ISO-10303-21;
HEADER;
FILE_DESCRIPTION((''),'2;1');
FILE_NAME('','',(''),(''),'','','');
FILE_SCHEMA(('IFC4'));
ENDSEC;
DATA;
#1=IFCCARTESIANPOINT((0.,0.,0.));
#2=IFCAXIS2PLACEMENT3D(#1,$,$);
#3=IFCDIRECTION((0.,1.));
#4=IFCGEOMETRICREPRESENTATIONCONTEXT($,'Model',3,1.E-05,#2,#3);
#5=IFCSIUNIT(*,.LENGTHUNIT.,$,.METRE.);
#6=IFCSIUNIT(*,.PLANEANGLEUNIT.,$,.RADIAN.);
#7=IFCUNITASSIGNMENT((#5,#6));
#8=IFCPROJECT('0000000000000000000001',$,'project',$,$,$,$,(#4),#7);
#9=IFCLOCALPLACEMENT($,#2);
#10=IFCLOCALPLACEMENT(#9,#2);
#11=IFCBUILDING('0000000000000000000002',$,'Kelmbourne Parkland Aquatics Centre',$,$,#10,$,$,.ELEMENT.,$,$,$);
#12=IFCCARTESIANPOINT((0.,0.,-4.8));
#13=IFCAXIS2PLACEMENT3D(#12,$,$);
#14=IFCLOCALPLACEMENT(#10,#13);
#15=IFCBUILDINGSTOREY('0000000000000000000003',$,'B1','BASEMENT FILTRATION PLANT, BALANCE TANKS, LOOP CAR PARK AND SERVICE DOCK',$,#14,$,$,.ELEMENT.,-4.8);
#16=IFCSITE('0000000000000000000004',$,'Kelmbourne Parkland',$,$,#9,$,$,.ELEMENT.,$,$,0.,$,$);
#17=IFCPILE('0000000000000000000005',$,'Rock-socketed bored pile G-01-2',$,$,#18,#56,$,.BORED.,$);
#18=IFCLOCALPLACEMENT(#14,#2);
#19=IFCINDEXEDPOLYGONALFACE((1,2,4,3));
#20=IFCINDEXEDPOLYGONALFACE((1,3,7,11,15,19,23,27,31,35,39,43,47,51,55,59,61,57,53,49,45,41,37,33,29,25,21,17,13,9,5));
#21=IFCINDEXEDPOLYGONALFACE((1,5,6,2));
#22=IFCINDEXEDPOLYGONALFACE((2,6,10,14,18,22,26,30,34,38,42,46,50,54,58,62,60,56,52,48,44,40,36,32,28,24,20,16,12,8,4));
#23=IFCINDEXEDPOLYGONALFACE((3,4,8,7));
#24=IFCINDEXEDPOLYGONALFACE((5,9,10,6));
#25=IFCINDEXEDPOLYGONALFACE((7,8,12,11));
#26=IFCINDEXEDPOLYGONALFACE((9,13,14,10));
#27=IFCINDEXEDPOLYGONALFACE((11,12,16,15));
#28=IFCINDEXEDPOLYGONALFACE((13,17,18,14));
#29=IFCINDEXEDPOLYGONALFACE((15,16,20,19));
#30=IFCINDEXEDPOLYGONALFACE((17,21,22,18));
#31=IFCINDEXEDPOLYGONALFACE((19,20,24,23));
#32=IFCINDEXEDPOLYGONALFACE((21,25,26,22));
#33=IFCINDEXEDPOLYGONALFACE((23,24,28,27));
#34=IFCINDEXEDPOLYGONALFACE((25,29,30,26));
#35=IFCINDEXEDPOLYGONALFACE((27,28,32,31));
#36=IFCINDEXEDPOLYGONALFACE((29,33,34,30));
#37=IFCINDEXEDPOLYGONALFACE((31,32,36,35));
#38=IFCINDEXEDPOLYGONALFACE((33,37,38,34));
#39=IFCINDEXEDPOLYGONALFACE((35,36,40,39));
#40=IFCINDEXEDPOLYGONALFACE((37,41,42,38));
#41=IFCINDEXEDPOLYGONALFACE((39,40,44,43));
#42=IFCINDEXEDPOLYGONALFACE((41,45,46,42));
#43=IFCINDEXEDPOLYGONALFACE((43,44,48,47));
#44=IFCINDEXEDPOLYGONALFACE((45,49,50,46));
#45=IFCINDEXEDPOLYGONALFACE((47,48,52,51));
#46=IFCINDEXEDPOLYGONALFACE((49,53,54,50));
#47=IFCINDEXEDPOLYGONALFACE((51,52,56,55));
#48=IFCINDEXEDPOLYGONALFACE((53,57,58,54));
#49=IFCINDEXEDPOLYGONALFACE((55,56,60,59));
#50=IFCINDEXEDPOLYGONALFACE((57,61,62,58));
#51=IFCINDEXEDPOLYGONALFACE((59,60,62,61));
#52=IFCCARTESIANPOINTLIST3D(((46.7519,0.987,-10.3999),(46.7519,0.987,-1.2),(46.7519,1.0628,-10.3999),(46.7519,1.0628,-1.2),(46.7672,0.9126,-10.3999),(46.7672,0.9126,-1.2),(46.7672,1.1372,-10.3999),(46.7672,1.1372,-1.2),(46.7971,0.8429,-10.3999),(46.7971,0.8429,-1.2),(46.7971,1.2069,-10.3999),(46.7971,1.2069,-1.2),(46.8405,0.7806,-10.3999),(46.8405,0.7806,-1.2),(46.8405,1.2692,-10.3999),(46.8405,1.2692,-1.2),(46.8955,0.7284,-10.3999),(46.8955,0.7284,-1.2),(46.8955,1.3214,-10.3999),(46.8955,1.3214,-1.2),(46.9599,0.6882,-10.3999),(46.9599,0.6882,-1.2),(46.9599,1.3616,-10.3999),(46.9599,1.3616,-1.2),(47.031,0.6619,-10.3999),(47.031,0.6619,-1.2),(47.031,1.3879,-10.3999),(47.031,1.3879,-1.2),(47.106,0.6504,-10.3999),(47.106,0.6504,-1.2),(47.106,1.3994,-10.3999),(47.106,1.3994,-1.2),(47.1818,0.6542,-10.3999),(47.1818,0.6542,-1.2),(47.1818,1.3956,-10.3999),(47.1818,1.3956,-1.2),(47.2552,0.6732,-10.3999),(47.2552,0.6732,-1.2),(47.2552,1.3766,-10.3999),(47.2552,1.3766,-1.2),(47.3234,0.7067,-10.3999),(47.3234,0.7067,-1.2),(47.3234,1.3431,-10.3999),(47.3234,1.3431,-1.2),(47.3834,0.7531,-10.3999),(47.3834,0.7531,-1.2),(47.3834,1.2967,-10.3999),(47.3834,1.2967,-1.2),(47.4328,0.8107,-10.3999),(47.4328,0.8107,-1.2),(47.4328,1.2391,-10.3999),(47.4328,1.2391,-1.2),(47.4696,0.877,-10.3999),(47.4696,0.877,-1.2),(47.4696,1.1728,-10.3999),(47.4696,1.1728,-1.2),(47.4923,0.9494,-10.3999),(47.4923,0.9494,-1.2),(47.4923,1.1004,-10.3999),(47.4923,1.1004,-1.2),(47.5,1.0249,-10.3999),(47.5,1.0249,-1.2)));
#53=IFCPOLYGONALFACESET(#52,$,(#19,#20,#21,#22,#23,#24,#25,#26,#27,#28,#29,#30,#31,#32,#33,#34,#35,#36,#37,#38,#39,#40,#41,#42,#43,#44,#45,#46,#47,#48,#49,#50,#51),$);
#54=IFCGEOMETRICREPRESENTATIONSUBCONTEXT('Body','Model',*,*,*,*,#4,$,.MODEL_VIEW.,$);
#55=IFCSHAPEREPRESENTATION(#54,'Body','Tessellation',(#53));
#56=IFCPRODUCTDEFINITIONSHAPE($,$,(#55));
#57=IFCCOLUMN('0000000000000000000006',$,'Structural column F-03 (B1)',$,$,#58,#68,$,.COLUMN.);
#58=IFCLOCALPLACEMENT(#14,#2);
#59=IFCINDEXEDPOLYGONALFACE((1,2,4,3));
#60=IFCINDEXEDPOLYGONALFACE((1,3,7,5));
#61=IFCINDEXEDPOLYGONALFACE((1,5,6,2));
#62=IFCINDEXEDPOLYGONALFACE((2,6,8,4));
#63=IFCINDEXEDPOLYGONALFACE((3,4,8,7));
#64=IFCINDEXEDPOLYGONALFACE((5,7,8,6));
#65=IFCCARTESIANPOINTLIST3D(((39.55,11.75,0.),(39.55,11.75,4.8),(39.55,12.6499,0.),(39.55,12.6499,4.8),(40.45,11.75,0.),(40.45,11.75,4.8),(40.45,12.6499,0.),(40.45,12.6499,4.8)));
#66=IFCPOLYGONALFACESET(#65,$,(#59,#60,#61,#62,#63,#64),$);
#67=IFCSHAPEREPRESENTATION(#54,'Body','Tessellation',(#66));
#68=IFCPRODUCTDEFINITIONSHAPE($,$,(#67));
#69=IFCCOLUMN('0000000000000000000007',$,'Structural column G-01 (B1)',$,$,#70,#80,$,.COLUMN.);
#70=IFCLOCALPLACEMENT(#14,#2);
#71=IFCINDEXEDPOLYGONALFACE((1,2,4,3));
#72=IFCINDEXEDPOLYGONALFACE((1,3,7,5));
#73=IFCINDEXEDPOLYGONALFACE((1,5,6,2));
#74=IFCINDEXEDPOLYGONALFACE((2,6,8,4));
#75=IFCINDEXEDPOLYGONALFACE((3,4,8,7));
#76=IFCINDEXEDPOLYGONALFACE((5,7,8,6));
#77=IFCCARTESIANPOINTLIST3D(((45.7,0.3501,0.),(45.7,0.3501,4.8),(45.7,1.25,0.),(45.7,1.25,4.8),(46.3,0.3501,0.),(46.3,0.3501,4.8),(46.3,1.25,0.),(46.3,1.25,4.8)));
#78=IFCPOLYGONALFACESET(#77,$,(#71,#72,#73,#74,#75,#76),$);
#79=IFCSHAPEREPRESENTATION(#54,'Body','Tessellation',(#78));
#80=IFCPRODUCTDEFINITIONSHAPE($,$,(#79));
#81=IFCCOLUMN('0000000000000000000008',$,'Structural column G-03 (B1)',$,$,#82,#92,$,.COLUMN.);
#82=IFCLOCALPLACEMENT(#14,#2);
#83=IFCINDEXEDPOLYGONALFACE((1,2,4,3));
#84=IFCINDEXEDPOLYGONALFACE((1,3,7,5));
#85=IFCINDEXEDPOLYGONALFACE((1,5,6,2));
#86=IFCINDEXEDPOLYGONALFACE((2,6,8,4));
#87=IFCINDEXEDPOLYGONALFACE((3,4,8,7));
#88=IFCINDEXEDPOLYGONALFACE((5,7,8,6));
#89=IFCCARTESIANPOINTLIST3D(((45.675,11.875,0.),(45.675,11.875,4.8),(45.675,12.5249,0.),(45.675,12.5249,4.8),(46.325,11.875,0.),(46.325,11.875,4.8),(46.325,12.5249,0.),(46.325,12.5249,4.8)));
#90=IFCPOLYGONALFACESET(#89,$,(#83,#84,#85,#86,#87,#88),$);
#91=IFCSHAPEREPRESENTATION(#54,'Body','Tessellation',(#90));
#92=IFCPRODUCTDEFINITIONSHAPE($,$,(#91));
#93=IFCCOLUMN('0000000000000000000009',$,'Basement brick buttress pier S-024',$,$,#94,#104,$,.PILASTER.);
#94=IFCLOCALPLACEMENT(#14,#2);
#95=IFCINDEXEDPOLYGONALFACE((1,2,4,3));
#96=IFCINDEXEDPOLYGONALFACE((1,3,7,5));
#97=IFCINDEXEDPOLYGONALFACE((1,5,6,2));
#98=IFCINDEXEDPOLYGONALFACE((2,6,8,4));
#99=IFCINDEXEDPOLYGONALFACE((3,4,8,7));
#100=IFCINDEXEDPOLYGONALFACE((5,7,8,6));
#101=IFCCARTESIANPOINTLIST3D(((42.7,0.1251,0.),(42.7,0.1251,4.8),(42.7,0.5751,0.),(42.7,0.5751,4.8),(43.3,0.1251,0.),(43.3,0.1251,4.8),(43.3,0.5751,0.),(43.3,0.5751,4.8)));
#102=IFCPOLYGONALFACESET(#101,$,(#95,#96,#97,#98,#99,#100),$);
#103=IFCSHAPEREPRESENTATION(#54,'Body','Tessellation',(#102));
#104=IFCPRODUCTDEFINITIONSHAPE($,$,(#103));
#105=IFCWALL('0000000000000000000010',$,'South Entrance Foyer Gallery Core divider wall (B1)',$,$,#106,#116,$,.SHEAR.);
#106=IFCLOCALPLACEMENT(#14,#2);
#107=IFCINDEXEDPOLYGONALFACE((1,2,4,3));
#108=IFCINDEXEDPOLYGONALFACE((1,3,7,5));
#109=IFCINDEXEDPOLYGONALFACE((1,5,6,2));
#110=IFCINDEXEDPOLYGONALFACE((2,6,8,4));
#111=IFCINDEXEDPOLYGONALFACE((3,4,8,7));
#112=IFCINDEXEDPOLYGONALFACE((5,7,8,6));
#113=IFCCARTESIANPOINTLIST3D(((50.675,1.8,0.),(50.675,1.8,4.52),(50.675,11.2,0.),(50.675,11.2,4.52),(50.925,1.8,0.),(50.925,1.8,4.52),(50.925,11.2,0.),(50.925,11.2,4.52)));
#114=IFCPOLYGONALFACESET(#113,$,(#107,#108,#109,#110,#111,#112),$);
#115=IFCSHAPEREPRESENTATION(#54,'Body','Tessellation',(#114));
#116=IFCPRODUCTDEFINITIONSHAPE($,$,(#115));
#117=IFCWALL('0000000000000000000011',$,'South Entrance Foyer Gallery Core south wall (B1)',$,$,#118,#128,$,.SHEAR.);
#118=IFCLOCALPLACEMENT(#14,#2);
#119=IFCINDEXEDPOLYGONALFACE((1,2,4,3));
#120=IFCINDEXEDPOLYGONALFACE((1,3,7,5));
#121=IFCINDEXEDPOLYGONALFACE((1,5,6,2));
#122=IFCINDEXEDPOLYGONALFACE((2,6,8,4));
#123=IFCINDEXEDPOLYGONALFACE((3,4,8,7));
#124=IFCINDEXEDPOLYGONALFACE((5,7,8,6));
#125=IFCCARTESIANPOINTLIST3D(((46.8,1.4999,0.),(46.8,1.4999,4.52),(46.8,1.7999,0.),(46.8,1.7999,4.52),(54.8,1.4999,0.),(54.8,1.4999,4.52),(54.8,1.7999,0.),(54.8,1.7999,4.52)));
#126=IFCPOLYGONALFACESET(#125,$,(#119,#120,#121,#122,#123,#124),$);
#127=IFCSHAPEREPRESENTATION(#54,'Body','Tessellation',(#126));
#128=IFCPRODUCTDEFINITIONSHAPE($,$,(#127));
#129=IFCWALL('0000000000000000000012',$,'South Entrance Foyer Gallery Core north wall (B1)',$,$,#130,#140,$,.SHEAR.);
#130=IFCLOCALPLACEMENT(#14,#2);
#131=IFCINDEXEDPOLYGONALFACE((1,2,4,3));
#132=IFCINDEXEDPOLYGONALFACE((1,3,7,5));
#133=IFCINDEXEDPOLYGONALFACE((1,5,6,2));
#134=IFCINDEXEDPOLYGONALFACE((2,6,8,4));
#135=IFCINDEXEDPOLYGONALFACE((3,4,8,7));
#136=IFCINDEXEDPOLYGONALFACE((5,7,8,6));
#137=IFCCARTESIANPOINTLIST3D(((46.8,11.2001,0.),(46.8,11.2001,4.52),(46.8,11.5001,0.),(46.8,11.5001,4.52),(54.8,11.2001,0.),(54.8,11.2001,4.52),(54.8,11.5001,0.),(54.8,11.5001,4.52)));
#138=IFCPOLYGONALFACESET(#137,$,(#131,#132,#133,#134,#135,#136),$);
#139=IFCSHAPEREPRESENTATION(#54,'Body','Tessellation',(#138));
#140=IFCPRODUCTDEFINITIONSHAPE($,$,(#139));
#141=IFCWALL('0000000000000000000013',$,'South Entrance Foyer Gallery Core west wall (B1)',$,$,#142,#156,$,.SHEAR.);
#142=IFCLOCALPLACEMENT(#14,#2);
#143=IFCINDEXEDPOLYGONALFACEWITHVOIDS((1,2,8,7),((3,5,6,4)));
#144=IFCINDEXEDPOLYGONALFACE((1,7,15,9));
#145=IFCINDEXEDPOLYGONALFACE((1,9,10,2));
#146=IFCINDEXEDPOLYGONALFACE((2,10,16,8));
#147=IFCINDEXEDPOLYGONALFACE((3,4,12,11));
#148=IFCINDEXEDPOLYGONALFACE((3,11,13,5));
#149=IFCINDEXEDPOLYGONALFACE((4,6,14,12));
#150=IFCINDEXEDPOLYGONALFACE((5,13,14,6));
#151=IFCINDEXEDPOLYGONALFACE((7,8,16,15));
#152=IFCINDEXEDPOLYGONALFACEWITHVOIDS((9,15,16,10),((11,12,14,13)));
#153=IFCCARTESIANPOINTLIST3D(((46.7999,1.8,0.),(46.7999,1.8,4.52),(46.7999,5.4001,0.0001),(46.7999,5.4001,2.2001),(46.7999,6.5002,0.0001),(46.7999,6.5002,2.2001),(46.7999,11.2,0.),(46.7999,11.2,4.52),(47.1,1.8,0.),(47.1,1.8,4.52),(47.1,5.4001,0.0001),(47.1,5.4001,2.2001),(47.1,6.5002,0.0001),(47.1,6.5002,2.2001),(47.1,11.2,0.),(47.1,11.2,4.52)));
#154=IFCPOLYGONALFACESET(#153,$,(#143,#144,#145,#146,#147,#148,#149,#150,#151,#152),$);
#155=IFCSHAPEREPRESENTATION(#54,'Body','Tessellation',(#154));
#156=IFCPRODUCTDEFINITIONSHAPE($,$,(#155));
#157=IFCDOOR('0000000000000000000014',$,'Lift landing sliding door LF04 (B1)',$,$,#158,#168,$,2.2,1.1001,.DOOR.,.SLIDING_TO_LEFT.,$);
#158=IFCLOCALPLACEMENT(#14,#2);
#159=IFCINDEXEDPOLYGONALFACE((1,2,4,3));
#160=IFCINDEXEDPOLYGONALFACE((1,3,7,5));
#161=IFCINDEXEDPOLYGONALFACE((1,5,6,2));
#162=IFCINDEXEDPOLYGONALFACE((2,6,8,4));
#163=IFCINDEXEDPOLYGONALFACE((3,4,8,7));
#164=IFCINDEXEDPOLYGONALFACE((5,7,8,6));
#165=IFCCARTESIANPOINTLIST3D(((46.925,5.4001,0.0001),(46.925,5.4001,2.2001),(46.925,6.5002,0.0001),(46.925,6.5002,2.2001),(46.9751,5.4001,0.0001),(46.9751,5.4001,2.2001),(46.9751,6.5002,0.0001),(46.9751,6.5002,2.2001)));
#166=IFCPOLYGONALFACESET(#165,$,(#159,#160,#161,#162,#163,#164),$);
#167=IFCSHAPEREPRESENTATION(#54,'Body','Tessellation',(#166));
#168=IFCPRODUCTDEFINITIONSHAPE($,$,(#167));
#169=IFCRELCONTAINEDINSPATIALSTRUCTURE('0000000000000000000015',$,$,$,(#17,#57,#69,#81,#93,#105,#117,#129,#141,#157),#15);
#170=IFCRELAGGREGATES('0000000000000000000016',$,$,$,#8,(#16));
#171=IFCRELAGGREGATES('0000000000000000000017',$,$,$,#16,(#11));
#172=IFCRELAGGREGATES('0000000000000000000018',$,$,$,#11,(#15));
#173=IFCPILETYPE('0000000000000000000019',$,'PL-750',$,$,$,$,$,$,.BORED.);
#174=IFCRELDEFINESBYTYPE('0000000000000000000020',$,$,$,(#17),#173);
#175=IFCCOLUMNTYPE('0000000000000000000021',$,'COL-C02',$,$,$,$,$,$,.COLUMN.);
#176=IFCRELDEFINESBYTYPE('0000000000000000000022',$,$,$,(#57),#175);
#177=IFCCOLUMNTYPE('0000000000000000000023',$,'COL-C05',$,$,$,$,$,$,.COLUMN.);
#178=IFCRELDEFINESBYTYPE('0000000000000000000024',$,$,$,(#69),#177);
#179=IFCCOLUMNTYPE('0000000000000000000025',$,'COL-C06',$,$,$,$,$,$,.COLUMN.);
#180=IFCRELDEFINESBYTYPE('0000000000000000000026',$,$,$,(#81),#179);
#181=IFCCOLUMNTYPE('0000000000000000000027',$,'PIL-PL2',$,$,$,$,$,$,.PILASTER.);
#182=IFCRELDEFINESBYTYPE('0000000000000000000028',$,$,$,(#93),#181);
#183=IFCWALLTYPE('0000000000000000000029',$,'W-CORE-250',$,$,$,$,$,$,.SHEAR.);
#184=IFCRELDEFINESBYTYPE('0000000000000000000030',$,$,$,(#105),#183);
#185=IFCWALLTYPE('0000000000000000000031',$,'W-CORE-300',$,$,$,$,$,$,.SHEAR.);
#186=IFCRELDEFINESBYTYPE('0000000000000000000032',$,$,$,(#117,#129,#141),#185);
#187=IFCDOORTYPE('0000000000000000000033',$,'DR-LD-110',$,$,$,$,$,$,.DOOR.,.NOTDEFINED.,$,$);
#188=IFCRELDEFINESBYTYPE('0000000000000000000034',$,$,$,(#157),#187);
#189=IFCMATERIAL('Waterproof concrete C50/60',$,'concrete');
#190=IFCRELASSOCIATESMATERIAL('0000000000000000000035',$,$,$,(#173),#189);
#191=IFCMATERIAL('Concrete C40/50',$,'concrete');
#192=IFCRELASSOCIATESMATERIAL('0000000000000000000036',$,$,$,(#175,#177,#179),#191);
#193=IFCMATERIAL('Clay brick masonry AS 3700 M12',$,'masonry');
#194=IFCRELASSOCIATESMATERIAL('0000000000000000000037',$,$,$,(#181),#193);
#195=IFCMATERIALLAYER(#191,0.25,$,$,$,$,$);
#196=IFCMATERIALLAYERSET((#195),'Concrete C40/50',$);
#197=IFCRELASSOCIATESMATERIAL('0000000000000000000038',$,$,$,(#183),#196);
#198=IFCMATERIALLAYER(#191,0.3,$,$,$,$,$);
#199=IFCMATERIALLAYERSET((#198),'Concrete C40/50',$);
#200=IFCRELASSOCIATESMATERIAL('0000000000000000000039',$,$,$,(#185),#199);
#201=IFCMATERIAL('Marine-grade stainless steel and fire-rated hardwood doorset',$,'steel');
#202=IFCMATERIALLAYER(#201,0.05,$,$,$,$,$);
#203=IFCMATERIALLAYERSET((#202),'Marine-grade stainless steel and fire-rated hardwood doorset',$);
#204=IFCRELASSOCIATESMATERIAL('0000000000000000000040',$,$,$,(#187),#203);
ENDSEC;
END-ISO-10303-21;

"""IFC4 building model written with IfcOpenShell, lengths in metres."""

from ifc_helpers import new_model, si_unit, direction, frame, frame_2d, origin, origin_2d, place, context, subcontext, project, spatial, rectangle, circle, extrude, material, layer, layer_set, material_profile, profile_set, type_object, element, fill, save


model = new_model("IFC4")

# Units and contexts
model_context = context("Model", 3, precision=1e-05, world=origin(), true_north=direction((0.0, 1.0)))
body_context = subcontext(model_context, "Body", "Model", "MODEL_VIEW")
ifc_project = project(units=[si_unit("LENGTHUNIT", "METRE"), si_unit("PLANEANGLEUNIT", "RADIAN")], contexts=[model_context])

# Site, building, storey
site_placement = place(None, origin())
site = spatial("IfcSite", under=ifc_project, at=site_placement, Name="Kelmbourne Parkland", CompositionType="ELEMENT", RefElevation=0.0)
building_placement = place(site_placement, origin())
building = spatial("IfcBuilding", under=site, at=building_placement, Name="Kelmbourne Parkland Aquatics Centre", CompositionType="ELEMENT")
storey_placement = place(building_placement, frame((0.0, 0.0, -4.8)))
storey = spatial("IfcBuildingStorey", under=building, at=storey_placement, Name="B1", Description="BASEMENT FILTRATION PLANT, BALANCE TANKS, LOOP CAR PARK AND SERVICE DOCK", CompositionType="ELEMENT", Elevation=-4.8)

# Shared definitions
ifc_material_1 = material(Name="Waterproof concrete C50/60", Category="concrete")

# Pile
ifc_material_profile_1 = material_profile(ifc_material_1, circle(Radius=0.375, at=origin_2d()), Name="PILE D750")
ifc_profile_set_1 = profile_set([ifc_material_profile_1], Name="Waterproof concrete C50/60")
pile_type_1 = type_object("IfcPileType", Name="PL-750", PredefinedType="BORED", material=ifc_profile_set_1)
for number, where, z_axis, x_axis, name in (
    (1, (47.125, 1.0249, -1.2), (0.0, 0.0, -1.0), (1.0, 0.0, 0.0), "Rock-socketed bored pile G-01-2"),
):
    element("IfcPile", number, at=place(storey_placement, frame(where, z_axis=z_axis, x_axis=x_axis)), inside=storey, type_object=pile_type_1, Name=name, PredefinedType="BORED", context=body_context, shape_type="SweptSolid", body=[
        extrude(circle(Radius=0.375, at=origin_2d()), origin(), (0.0, 0.0, 1.0), 9.2),
    ])

# Columns
ifc_material_2 = material(Name="Concrete C40/50", Category="concrete")
ifc_material_profile_2 = material_profile(ifc_material_2, rectangle(XDim=0.8999, YDim=0.8999, at=origin_2d()), Name="RC 900x900")
ifc_profile_set_2 = profile_set([ifc_material_profile_2], Name="Concrete C40/50")
column_type_1 = type_object("IfcColumnType", Name="COL-C02", PredefinedType="COLUMN", material=ifc_profile_set_2)
column_1_placement = place(storey_placement, frame((40.0, 12.2, 0.0), z_axis=(0.0, 0.0, 1.0), x_axis=(1.0, 0.0, 0.0)))
element("IfcColumn", 2, at=column_1_placement, inside=storey, type_object=column_type_1, Name="Structural column F-03 (B1)", PredefinedType="COLUMN", context=body_context, shape_type="SweptSolid", body=[
    extrude(rectangle(XDim=0.8999, YDim=0.8999, at=origin_2d()), origin(), (0.0, 0.0, 1.0), 4.8),
])
ifc_material_profile_3 = material_profile(ifc_material_2, rectangle(XDim=0.6001, YDim=0.8999, at=origin_2d()), Name="RC 600x900")
ifc_profile_set_3 = profile_set([ifc_material_profile_3], Name="Concrete C40/50")
column_type_2 = type_object("IfcColumnType", Name="COL-C05", PredefinedType="COLUMN", material=ifc_profile_set_3)
column_2_placement = place(storey_placement, frame((46.0, 0.8, 0.0), z_axis=(0.0, 0.0, 1.0), x_axis=(1.0, 0.0, 0.0)))
element("IfcColumn", 3, at=column_2_placement, inside=storey, type_object=column_type_2, Name="Structural column G-01 (B1)", PredefinedType="COLUMN", context=body_context, shape_type="SweptSolid", body=[
    extrude(rectangle(XDim=0.6001, YDim=0.8999, at=origin_2d()), origin(), (0.0, 0.0, 1.0), 4.8),
])
ifc_material_profile_4 = material_profile(ifc_material_2, rectangle(XDim=0.6499, YDim=0.6499, at=origin_2d()), Name="RC 650x650")
ifc_profile_set_4 = profile_set([ifc_material_profile_4], Name="Concrete C40/50")
column_type_3 = type_object("IfcColumnType", Name="COL-C06", PredefinedType="COLUMN", material=ifc_profile_set_4)
column_3_placement = place(storey_placement, frame((46.0, 12.2, 0.0), z_axis=(0.0, 0.0, 1.0), x_axis=(1.0, 0.0, 0.0)))
element("IfcColumn", 4, at=column_3_placement, inside=storey, type_object=column_type_3, Name="Structural column G-03 (B1)", PredefinedType="COLUMN", context=body_context, shape_type="SweptSolid", body=[
    extrude(rectangle(XDim=0.6499, YDim=0.6499, at=origin_2d()), origin(), (0.0, 0.0, 1.0), 4.8),
])
ifc_material_3 = material(Name="Clay brick masonry AS 3700 M12", Category="masonry")
ifc_material_profile_5 = material_profile(ifc_material_3, rectangle(XDim=0.45, YDim=0.6001, at=origin_2d()), Name="PIL 450x600")
ifc_profile_set_5 = profile_set([ifc_material_profile_5], Name="Clay brick masonry AS 3700 M12")
column_type_4 = type_object("IfcColumnType", Name="PIL-PL2", PredefinedType="PILASTER", material=ifc_profile_set_5)
column_4_placement = place(storey_placement, frame((43.0, 0.3501, 0.0), z_axis=(0.0, 0.0, 1.0), x_axis=(0.0, 1.0, 0.0)))
element("IfcColumn", 5, at=column_4_placement, inside=storey, type_object=column_type_4, Name="Basement brick buttress pier S-024", PredefinedType="PILASTER", context=body_context, shape_type="SweptSolid", body=[
    extrude(rectangle(XDim=0.45, YDim=0.6001, at=origin_2d()), origin(), (0.0, 0.0, 1.0), 4.8),
])

# Walls
ifc_layer_1 = layer(ifc_material_2, 0.25)
ifc_layer_set_1 = layer_set([ifc_layer_1], Name="Concrete C40/50")
wall_type_1 = type_object("IfcWallType", Name="W-CORE-250", PredefinedType="SHEAR", material=ifc_layer_set_1)
wall_1_placement = place(storey_placement, frame((50.8, 1.8, 0.0), z_axis=(0.0, 0.0, 1.0), x_axis=(0.0, 1.0, 0.0)))
element("IfcWall", 6, at=wall_1_placement, inside=storey, type_object=wall_type_1, Name="South Entrance Foyer Gallery Core divider wall (B1)", PredefinedType="SHEAR", context=body_context, shape_type="SweptSolid", body=[
    extrude(rectangle(XDim=9.3999, YDim=0.25, at=frame_2d((4.7, 0.0))), origin(), (0.0, 0.0, 1.0), 4.52),
])
ifc_layer_2 = layer(ifc_material_2, 0.3)
ifc_layer_set_2 = layer_set([ifc_layer_2], Name="Concrete C40/50")
wall_type_2 = type_object("IfcWallType", Name="W-CORE-300", PredefinedType="SHEAR", material=ifc_layer_set_2)
for number, where, z_axis, x_axis, name in (
    (7, (46.8, 1.6499, 0.0), (0.0, 0.0, 1.0), (1.0, 0.0, 0.0), "South Entrance Foyer Gallery Core south wall (B1)"),
    (8, (46.8, 11.3501, 0.0), (0.0, 0.0, 1.0), (1.0, 0.0, 0.0), "South Entrance Foyer Gallery Core north wall (B1)"),
):
    element("IfcWall", number, at=place(storey_placement, frame(where, z_axis=z_axis, x_axis=x_axis)), inside=storey, type_object=wall_type_2, Name=name, PredefinedType="SHEAR", context=body_context, shape_type="SweptSolid", body=[
        extrude(rectangle(XDim=8.0, YDim=0.3, at=frame_2d((4.0, 0.0))), origin(), (0.0, 0.0, 1.0), 4.52),
    ])

# Wall, opening, door
wall_2_placement = place(storey_placement, frame((46.95, 1.8, 0.0), z_axis=(0.0, 0.0, 1.0), x_axis=(0.0, 1.0, 0.0)))
wall_2 = element("IfcWall", 9, at=wall_2_placement, inside=storey, type_object=wall_type_2, Name="South Entrance Foyer Gallery Core west wall (B1)", PredefinedType="SHEAR", context=body_context, shape_type="SweptSolid", body=[
    extrude(rectangle(XDim=9.3999, YDim=0.3, at=frame_2d((4.7, 0.0))), origin(), (0.0, 0.0, 1.0), 4.52),
])
opening_placement = place(wall_2_placement, frame((3.6001, 0.0, 0.0)))
opening = element("IfcOpeningElement", 10, at=opening_placement, cuts=wall_2, PredefinedType="OPENING", context=body_context, shape_type="SweptSolid", body=[
    extrude(rectangle(XDim=1.1001, YDim=2.2, at=frame_2d((0.55, 1.1001))), frame((0.0, 0.1621, 0.0), z_axis=(0.0, -1.0, 0.0), x_axis=(1.0, 0.0, 0.0)), (0.0, 0.0, 1.0), 0.324),
])
ifc_material_4 = material(Name="Marine-grade stainless steel and fire-rated hardwood doorset", Category="steel")
ifc_layer_3 = layer(ifc_material_4, 0.05)
ifc_layer_set_3 = layer_set([ifc_layer_3], Name="Marine-grade stainless steel and fire-rated hardwood doorset")
door_type = type_object("IfcDoorType", Name="DR-LD-110", OperationType="NOTDEFINED", PredefinedType="DOOR", material=ifc_layer_set_3)
door_placement = place(opening_placement, origin())
door = element("IfcDoor", 11, at=door_placement, inside=storey, type_object=door_type, Name="Lift landing sliding door LF04 (B1)", OperationType="SLIDING_TO_LEFT", OverallHeight=2.2, OverallWidth=1.1001, PredefinedType="DOOR", context=body_context, shape_type="SweptSolid", body=[
    extrude(rectangle(XDim=1.1001, YDim=2.2, at=frame_2d((0.55, 1.1001))), frame((0.0, 0.0249, 0.0), z_axis=(0.0, -1.0, 0.0), x_axis=(1.0, 0.0, 0.0)), (0.0, 0.0, 1.0), 0.05),
])
fill(opening, door)

save(model, "model.ifc")
